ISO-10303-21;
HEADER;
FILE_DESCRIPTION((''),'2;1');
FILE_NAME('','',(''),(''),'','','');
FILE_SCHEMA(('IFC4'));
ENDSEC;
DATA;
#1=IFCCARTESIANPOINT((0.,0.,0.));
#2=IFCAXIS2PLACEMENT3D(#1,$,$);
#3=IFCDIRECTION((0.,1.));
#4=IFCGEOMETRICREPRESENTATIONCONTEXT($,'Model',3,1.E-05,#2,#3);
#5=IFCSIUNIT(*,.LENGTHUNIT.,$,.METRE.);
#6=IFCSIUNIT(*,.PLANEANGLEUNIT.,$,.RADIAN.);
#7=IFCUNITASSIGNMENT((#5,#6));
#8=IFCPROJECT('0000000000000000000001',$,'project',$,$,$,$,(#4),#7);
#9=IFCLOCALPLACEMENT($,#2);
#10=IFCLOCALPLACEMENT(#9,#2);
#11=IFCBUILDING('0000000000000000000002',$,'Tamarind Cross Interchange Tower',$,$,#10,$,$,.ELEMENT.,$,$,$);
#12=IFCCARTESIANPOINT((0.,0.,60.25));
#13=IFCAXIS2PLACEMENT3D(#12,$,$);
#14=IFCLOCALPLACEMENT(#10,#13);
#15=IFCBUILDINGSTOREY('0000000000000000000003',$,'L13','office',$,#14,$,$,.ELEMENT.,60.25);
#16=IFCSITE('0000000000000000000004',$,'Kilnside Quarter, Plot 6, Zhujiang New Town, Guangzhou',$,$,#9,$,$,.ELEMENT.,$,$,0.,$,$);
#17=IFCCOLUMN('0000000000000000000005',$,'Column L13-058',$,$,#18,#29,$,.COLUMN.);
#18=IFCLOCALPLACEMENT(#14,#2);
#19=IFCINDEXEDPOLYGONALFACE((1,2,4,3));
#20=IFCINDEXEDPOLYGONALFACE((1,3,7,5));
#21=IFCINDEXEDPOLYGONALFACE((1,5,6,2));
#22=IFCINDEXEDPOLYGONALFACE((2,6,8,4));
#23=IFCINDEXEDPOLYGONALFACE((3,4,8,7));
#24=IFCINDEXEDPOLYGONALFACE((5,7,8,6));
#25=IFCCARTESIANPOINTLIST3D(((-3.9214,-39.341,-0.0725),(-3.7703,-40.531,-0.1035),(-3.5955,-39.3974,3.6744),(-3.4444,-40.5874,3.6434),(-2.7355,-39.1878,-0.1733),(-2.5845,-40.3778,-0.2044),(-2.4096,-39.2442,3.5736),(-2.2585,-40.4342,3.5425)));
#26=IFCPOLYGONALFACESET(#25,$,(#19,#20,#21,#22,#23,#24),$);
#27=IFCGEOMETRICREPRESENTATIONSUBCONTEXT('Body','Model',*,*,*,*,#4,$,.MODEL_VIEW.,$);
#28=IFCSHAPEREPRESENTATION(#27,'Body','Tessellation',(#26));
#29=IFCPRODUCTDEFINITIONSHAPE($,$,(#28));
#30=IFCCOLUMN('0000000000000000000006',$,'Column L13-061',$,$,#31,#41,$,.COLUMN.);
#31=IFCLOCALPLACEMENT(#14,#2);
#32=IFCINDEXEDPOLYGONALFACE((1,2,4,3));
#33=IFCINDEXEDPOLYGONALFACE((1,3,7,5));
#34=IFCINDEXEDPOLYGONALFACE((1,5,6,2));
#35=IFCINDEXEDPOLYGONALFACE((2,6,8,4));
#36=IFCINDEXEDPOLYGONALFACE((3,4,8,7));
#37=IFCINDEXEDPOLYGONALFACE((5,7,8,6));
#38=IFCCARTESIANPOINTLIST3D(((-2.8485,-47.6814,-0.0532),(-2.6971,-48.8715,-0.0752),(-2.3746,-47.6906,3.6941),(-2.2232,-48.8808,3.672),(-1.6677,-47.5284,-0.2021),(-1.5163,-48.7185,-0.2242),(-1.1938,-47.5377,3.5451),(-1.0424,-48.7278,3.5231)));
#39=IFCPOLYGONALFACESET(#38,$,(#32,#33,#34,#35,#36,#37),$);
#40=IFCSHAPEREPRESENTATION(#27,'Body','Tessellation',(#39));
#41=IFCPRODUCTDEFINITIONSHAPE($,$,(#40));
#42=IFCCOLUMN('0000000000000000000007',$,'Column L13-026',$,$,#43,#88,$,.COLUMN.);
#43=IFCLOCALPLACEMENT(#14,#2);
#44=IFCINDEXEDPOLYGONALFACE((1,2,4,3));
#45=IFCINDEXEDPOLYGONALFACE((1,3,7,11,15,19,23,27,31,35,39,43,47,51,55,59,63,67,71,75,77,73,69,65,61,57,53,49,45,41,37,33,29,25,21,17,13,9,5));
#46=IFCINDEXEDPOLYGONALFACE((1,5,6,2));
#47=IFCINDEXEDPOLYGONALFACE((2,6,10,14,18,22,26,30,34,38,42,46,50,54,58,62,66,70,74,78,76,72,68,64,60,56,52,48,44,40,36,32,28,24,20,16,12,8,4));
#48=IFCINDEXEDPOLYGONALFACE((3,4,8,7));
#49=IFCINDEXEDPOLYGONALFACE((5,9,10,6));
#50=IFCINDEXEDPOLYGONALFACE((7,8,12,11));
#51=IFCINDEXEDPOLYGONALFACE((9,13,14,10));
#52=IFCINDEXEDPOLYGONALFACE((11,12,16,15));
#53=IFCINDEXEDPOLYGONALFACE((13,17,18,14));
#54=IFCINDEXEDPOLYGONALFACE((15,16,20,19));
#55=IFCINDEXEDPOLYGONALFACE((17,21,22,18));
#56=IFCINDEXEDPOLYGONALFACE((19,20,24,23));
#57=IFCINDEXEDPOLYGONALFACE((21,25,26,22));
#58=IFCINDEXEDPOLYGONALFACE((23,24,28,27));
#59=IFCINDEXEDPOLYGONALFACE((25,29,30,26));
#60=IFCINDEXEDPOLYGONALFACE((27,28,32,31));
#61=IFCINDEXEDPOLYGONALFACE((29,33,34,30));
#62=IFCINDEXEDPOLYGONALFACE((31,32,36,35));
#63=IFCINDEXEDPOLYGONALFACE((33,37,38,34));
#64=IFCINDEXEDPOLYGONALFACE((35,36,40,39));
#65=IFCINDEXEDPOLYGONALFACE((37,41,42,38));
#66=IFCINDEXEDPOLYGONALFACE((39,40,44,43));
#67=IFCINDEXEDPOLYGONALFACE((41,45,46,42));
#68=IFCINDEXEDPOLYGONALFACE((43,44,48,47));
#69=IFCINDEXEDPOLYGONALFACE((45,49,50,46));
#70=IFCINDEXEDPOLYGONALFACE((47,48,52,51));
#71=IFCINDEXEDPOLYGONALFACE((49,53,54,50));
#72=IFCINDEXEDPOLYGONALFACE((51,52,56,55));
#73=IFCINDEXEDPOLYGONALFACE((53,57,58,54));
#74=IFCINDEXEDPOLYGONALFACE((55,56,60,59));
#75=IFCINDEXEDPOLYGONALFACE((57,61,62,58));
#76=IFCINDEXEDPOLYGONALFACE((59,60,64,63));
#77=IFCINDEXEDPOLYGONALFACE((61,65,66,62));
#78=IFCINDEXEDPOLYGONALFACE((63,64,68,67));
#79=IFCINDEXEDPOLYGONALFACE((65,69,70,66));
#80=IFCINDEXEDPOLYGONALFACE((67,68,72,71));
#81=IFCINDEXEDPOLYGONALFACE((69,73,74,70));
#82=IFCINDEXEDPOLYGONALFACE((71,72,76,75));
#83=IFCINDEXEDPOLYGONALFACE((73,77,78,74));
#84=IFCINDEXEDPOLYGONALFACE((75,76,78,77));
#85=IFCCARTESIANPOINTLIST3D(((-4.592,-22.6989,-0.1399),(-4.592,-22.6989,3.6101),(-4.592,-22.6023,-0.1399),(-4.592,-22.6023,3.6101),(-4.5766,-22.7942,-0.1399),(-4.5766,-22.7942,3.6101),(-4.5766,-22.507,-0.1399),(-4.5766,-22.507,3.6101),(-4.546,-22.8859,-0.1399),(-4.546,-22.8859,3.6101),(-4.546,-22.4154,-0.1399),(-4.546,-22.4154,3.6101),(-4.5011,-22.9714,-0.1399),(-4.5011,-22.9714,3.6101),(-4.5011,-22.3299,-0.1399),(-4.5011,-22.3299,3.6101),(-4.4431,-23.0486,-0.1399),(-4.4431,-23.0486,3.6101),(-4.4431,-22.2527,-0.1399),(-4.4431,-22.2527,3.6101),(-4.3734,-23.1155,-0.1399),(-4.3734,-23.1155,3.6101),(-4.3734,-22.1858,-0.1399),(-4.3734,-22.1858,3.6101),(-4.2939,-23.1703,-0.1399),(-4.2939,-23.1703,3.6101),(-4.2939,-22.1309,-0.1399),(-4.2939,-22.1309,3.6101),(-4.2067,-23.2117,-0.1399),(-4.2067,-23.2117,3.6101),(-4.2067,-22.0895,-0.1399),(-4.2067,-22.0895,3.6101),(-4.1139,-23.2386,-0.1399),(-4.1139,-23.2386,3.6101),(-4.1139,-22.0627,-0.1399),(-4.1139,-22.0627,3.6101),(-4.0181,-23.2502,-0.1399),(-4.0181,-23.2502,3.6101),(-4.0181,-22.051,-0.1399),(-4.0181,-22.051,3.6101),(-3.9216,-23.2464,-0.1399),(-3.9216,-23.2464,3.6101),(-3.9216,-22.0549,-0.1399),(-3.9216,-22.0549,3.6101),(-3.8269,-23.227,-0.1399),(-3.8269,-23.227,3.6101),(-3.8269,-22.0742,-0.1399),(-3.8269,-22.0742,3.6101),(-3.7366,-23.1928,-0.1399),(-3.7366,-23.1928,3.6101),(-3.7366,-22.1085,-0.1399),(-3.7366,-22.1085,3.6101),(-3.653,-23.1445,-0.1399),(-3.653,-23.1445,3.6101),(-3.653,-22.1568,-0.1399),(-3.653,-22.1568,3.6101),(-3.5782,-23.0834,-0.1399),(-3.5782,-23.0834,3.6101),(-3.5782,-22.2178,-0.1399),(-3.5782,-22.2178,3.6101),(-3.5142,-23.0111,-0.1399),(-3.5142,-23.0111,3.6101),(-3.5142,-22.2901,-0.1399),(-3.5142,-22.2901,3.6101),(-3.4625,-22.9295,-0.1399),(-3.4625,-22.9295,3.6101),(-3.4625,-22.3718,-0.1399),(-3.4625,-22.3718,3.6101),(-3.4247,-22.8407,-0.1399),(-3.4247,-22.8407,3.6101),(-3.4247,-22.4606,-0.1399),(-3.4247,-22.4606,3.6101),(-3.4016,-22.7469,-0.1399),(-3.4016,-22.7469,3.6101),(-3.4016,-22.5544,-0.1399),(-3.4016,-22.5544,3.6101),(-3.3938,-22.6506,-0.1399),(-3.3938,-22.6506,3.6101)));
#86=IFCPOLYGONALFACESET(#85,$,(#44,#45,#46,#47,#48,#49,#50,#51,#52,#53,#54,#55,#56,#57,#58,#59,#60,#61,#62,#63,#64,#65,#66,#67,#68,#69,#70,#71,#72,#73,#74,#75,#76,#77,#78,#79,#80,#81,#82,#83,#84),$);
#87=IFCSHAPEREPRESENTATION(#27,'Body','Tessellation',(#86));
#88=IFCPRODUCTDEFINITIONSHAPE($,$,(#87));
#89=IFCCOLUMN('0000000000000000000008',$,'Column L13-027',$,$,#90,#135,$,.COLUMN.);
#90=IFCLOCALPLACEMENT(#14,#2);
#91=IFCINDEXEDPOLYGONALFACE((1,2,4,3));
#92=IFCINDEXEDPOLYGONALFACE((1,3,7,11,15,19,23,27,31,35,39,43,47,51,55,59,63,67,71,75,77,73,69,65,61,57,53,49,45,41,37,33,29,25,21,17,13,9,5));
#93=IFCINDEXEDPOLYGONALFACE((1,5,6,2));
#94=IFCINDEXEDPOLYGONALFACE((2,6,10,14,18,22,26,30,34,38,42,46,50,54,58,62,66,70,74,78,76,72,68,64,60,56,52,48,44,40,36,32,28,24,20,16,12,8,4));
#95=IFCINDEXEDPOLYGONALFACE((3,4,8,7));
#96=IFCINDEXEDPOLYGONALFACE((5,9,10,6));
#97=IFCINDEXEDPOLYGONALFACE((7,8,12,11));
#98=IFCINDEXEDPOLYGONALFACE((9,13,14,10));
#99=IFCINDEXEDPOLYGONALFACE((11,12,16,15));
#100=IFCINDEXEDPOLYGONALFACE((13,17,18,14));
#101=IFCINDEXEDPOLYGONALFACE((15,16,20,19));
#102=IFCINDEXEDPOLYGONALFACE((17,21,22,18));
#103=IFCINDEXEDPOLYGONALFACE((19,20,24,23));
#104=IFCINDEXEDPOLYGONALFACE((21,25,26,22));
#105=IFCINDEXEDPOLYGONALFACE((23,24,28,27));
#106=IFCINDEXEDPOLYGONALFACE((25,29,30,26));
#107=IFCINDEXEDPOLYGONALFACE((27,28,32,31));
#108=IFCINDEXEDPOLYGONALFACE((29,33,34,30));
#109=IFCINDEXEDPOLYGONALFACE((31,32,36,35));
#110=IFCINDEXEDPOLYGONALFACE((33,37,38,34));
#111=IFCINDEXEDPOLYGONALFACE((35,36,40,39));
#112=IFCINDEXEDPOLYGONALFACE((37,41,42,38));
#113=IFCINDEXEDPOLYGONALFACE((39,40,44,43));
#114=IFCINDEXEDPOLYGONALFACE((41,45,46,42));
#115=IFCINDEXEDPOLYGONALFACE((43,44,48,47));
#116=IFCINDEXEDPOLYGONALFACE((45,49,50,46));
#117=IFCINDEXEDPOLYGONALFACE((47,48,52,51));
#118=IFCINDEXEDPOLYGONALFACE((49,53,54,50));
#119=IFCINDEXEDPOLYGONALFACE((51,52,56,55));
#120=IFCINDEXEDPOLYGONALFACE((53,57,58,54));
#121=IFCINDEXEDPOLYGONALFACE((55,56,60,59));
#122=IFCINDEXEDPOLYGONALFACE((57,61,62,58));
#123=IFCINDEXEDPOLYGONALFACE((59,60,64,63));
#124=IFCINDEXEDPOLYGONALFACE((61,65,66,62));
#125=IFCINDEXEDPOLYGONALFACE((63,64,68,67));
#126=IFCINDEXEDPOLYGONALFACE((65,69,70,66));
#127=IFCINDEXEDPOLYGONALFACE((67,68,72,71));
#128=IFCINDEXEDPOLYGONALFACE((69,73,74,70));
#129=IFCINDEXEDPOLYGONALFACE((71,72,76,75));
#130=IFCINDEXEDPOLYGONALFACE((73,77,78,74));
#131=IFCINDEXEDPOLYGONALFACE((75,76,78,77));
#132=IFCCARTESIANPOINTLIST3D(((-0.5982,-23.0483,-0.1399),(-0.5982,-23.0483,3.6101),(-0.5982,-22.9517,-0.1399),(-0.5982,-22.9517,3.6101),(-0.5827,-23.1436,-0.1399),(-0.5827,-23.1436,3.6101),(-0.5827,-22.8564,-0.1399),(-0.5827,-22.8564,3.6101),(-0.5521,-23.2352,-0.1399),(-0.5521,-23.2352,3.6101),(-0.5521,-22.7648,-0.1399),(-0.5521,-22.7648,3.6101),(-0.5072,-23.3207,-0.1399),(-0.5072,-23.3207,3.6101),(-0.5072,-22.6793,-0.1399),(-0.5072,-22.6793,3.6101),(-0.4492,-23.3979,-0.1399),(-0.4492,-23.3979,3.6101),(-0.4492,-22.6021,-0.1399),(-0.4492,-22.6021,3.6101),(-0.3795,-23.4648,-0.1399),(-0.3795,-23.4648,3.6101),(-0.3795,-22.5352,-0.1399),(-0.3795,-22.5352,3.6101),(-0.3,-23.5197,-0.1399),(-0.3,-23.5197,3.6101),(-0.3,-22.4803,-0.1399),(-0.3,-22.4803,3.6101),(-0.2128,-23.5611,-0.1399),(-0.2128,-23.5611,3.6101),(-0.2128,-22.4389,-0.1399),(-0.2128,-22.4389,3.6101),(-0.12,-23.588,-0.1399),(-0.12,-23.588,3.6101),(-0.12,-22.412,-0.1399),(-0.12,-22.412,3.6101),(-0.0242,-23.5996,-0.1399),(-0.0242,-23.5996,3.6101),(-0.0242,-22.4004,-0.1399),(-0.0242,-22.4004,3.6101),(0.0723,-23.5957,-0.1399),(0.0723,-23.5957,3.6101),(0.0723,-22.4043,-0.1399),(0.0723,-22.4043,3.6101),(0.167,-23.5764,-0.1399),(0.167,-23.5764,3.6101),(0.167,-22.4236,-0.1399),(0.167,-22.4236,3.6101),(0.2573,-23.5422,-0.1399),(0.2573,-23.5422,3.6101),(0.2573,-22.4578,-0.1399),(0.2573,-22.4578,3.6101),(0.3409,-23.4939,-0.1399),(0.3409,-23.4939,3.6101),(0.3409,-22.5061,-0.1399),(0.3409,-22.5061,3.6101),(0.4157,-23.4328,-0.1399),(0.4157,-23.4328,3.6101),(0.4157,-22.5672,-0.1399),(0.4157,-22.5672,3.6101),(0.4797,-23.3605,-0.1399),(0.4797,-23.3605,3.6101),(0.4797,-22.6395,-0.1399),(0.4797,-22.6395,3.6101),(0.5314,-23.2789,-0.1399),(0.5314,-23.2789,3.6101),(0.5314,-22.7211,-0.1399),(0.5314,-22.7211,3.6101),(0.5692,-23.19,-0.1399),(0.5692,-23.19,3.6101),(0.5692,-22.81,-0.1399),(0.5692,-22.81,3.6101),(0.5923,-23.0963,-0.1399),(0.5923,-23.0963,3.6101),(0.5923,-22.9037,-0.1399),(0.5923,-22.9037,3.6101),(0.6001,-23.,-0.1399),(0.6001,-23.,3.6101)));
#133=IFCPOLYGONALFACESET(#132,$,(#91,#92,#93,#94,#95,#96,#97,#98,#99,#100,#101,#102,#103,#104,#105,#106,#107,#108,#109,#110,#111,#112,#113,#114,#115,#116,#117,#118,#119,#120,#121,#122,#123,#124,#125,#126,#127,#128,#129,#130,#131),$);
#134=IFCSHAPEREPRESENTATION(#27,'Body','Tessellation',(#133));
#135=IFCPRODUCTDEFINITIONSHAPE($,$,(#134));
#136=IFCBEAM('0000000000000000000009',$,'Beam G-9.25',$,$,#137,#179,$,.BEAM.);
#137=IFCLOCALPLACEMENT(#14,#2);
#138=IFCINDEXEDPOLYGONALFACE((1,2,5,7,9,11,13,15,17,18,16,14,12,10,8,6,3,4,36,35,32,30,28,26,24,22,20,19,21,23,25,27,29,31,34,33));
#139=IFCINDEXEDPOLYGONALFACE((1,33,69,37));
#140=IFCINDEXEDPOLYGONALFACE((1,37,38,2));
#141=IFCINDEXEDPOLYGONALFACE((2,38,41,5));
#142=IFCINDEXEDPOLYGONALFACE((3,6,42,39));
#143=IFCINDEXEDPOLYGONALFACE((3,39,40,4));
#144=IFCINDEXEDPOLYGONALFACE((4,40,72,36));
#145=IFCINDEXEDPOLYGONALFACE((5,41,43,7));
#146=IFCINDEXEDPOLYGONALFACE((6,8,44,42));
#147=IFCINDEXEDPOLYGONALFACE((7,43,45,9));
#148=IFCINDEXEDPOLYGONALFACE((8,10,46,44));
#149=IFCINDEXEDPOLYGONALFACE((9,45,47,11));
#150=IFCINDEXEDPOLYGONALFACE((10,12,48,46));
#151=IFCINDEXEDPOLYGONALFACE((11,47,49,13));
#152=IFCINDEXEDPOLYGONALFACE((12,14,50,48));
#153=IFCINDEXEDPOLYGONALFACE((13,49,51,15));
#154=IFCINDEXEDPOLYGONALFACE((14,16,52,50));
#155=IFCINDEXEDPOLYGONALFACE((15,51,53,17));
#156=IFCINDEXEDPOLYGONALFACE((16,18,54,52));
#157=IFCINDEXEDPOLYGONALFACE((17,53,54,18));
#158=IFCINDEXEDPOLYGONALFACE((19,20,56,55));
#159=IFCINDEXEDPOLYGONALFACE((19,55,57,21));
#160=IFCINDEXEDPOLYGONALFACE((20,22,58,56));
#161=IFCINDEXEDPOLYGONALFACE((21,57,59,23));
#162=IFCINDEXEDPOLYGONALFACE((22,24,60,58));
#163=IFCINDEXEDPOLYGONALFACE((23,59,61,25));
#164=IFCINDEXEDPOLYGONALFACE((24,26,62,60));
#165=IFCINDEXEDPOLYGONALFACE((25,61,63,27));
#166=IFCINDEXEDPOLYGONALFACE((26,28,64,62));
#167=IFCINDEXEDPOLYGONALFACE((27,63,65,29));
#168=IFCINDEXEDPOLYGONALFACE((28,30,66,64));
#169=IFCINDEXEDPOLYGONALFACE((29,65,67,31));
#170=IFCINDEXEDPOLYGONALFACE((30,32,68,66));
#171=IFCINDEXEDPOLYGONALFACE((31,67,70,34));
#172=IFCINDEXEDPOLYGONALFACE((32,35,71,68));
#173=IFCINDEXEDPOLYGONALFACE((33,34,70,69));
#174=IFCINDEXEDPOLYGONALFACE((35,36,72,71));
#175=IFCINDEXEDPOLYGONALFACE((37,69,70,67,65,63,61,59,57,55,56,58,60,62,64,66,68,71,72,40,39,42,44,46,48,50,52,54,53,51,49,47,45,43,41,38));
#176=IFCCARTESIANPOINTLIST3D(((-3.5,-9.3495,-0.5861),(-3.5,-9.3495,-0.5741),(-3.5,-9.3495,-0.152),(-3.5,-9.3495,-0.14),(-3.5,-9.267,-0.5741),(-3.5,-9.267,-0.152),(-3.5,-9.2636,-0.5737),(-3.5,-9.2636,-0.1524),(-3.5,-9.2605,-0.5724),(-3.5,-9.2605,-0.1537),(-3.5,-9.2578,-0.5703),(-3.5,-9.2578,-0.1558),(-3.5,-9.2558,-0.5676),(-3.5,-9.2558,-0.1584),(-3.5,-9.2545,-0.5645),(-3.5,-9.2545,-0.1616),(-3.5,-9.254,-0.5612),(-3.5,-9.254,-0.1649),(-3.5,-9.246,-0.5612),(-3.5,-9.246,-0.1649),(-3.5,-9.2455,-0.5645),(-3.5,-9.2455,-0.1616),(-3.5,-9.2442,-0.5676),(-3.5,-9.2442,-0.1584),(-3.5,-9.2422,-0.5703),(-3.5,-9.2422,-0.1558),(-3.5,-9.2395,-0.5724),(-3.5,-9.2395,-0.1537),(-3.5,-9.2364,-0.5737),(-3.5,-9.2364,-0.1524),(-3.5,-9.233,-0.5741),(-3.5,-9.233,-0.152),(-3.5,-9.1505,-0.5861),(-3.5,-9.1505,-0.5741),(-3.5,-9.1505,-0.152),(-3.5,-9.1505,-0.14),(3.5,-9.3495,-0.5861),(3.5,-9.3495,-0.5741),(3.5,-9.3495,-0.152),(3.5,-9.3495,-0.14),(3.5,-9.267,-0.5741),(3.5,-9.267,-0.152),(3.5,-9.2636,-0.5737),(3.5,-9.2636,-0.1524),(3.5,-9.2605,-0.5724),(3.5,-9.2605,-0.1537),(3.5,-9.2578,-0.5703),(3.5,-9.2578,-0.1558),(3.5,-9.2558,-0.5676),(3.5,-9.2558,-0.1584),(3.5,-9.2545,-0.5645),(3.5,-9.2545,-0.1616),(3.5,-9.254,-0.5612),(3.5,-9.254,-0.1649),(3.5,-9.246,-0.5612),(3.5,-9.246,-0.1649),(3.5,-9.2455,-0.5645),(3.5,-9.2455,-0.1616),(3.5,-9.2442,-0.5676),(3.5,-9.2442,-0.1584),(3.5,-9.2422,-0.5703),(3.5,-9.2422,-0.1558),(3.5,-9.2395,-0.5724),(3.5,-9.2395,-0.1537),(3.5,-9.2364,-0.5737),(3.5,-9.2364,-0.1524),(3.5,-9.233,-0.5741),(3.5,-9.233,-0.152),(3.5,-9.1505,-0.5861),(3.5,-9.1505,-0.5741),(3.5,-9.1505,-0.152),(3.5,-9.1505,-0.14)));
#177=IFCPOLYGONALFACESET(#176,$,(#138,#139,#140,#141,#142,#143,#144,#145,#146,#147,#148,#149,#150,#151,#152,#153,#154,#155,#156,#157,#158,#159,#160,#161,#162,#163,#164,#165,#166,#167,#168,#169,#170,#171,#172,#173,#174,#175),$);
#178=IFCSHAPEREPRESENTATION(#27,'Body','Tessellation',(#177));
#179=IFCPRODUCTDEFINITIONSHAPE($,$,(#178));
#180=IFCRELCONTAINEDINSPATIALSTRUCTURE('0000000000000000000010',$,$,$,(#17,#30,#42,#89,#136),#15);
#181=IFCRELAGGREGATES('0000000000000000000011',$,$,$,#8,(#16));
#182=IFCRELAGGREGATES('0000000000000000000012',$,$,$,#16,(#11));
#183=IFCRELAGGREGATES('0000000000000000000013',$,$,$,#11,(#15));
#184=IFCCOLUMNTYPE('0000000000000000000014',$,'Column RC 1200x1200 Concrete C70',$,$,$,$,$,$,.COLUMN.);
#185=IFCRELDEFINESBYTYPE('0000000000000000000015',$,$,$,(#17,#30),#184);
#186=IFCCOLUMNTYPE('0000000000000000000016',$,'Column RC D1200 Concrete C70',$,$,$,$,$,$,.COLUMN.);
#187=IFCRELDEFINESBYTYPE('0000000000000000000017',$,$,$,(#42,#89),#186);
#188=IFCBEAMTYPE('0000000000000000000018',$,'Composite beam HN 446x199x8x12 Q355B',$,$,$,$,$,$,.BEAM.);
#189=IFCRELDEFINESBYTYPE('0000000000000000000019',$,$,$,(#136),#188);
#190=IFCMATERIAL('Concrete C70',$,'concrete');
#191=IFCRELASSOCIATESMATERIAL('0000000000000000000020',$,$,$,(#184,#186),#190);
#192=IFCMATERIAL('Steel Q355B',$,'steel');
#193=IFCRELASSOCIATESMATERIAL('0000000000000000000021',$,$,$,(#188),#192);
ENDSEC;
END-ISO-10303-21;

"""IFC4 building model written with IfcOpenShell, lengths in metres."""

from ifc_helpers import new_model, si_unit, direction, frame, origin, origin_2d, place, context, subcontext, project, spatial, rectangle, circle, i_section, extrude, material, material_profile, profile_set, type_object, element, save


model = new_model("IFC4")

# Units and contexts
model_context = context("Model", 3, precision=1e-05, world=origin(), true_north=direction((0.0, 1.0)))
body_context = subcontext(model_context, "Body", "Model", "MODEL_VIEW")
ifc_project = project(units=[si_unit("LENGTHUNIT", "METRE"), si_unit("PLANEANGLEUNIT", "RADIAN")], contexts=[model_context])

# Site, building, storey
site_placement = place(None, origin())
site = spatial("IfcSite", under=ifc_project, at=site_placement, Name="Kilnside Quarter, Plot 6, Zhujiang New Town, Guangzhou", CompositionType="ELEMENT", RefElevation=0.0)
building_placement = place(site_placement, origin())
building = spatial("IfcBuilding", under=site, at=building_placement, Name="Tamarind Cross Interchange Tower", CompositionType="ELEMENT")
storey_placement = place(building_placement, frame((0.0, 0.0, 60.25)))
storey = spatial("IfcBuildingStorey", under=building, at=storey_placement, Name="L13", Description="office", CompositionType="ELEMENT", Elevation=60.25)

# Columns
ifc_material_1 = material(Name="Concrete C70", Category="concrete")
ifc_material_profile_1 = material_profile(ifc_material_1, rectangle(XDim=1.2, YDim=1.2, at=origin_2d()), Name="RC 1200x1200")
ifc_profile_set_1 = profile_set([ifc_material_profile_1], Name="Concrete C70")
column_type_1 = type_object("IfcColumnType", Name="Column RC 1200x1200 Concrete C70", PredefinedType="COLUMN", material=ifc_profile_set_1)
column_1_placement = place(storey_placement, frame((-3.2529, -39.8594, -0.1384), z_axis=(0.086651, -0.014993, 0.996126), x_axis=(-0.125892, 0.991706, 0.025878)))
element("IfcColumn", 1, at=column_1_placement, inside=storey, type_object=column_type_1, Name="Column L13-058", PredefinedType="COLUMN", context=body_context, shape_type="SweptSolid", body=[
    extrude(rectangle(XDim=1.2, YDim=1.2, at=origin_2d()), origin(), (0.0, 0.0, 1.0), 3.7615),
])
column_2_placement = place(storey_placement, frame((-2.1824, -48.2, -0.1387), z_axis=(0.125458, -0.002456, 0.992096), x_axis=(-0.126166, 0.991838, 0.01841)))
element("IfcColumn", 2, at=column_2_placement, inside=storey, type_object=column_type_1, Name="Column L13-061", PredefinedType="COLUMN", context=body_context, shape_type="SweptSolid", body=[
    extrude(rectangle(XDim=1.2, YDim=1.2, at=origin_2d()), origin(), (0.0, 0.0, 1.0), 3.7771),
])
ifc_material_profile_2 = material_profile(ifc_material_1, circle(Radius=0.6001, at=origin_2d()), Name="RC D1200")
ifc_profile_set_2 = profile_set([ifc_material_profile_2], Name="Concrete C70")
column_type_2 = type_object("IfcColumnType", Name="Column RC D1200 Concrete C70", PredefinedType="COLUMN", material=ifc_profile_set_2)
for number, where, z_axis, x_axis, name in (
    (3, (-3.9939, -22.6506, -0.1399), (0.0, 0.0, 1.0), (1.0, 0.0, 0.0), "Column L13-026"),
    (4, (0.0, -23.0, -0.1399), (0.0, 0.0, 1.0), (1.0, 0.0, 0.0), "Column L13-027"),
):
    element("IfcColumn", number, at=place(storey_placement, frame(where, z_axis=z_axis, x_axis=x_axis)), inside=storey, type_object=column_type_2, Name=name, PredefinedType="COLUMN", context=body_context, shape_type="SweptSolid", body=[
        extrude(circle(Radius=0.6001, at=origin_2d()), origin(), (0.0, 0.0, 1.0), 3.75),
    ])

# Beam
ifc_material_2 = material(Name="Steel Q355B", Category="steel")
ifc_material_profile_3 = material_profile(ifc_material_2, i_section(OverallWidth=0.199, OverallDepth=0.446, WebThickness=0.0081, FlangeThickness=0.012, FilletRadius=0.0129, at=origin_2d()), Name="HN 446x199x8x12")
ifc_profile_set_3 = profile_set([ifc_material_profile_3], Name="Steel Q355B")
beam_type_1 = type_object("IfcBeamType", Name="Composite beam HN 446x199x8x12 Q355B", PredefinedType="BEAM", material=ifc_profile_set_3)
beam_1_placement = place(storey_placement, frame((-3.5, -9.25, -0.363), z_axis=(1.0, 0.0, 0.0), x_axis=(0.0, 1.0, 0.0)))
element("IfcBeam", 5, at=beam_1_placement, inside=storey, type_object=beam_type_1, Name="Beam G-9.25", PredefinedType="BEAM", context=body_context, shape_type="SweptSolid", body=[
    extrude(i_section(OverallWidth=0.199, OverallDepth=0.446, WebThickness=0.0081, FlangeThickness=0.012, FilletRadius=0.0129, at=origin_2d()), origin(), (0.0, 0.0, 1.0), 7.0),
])

save(model, "model.ifc")
